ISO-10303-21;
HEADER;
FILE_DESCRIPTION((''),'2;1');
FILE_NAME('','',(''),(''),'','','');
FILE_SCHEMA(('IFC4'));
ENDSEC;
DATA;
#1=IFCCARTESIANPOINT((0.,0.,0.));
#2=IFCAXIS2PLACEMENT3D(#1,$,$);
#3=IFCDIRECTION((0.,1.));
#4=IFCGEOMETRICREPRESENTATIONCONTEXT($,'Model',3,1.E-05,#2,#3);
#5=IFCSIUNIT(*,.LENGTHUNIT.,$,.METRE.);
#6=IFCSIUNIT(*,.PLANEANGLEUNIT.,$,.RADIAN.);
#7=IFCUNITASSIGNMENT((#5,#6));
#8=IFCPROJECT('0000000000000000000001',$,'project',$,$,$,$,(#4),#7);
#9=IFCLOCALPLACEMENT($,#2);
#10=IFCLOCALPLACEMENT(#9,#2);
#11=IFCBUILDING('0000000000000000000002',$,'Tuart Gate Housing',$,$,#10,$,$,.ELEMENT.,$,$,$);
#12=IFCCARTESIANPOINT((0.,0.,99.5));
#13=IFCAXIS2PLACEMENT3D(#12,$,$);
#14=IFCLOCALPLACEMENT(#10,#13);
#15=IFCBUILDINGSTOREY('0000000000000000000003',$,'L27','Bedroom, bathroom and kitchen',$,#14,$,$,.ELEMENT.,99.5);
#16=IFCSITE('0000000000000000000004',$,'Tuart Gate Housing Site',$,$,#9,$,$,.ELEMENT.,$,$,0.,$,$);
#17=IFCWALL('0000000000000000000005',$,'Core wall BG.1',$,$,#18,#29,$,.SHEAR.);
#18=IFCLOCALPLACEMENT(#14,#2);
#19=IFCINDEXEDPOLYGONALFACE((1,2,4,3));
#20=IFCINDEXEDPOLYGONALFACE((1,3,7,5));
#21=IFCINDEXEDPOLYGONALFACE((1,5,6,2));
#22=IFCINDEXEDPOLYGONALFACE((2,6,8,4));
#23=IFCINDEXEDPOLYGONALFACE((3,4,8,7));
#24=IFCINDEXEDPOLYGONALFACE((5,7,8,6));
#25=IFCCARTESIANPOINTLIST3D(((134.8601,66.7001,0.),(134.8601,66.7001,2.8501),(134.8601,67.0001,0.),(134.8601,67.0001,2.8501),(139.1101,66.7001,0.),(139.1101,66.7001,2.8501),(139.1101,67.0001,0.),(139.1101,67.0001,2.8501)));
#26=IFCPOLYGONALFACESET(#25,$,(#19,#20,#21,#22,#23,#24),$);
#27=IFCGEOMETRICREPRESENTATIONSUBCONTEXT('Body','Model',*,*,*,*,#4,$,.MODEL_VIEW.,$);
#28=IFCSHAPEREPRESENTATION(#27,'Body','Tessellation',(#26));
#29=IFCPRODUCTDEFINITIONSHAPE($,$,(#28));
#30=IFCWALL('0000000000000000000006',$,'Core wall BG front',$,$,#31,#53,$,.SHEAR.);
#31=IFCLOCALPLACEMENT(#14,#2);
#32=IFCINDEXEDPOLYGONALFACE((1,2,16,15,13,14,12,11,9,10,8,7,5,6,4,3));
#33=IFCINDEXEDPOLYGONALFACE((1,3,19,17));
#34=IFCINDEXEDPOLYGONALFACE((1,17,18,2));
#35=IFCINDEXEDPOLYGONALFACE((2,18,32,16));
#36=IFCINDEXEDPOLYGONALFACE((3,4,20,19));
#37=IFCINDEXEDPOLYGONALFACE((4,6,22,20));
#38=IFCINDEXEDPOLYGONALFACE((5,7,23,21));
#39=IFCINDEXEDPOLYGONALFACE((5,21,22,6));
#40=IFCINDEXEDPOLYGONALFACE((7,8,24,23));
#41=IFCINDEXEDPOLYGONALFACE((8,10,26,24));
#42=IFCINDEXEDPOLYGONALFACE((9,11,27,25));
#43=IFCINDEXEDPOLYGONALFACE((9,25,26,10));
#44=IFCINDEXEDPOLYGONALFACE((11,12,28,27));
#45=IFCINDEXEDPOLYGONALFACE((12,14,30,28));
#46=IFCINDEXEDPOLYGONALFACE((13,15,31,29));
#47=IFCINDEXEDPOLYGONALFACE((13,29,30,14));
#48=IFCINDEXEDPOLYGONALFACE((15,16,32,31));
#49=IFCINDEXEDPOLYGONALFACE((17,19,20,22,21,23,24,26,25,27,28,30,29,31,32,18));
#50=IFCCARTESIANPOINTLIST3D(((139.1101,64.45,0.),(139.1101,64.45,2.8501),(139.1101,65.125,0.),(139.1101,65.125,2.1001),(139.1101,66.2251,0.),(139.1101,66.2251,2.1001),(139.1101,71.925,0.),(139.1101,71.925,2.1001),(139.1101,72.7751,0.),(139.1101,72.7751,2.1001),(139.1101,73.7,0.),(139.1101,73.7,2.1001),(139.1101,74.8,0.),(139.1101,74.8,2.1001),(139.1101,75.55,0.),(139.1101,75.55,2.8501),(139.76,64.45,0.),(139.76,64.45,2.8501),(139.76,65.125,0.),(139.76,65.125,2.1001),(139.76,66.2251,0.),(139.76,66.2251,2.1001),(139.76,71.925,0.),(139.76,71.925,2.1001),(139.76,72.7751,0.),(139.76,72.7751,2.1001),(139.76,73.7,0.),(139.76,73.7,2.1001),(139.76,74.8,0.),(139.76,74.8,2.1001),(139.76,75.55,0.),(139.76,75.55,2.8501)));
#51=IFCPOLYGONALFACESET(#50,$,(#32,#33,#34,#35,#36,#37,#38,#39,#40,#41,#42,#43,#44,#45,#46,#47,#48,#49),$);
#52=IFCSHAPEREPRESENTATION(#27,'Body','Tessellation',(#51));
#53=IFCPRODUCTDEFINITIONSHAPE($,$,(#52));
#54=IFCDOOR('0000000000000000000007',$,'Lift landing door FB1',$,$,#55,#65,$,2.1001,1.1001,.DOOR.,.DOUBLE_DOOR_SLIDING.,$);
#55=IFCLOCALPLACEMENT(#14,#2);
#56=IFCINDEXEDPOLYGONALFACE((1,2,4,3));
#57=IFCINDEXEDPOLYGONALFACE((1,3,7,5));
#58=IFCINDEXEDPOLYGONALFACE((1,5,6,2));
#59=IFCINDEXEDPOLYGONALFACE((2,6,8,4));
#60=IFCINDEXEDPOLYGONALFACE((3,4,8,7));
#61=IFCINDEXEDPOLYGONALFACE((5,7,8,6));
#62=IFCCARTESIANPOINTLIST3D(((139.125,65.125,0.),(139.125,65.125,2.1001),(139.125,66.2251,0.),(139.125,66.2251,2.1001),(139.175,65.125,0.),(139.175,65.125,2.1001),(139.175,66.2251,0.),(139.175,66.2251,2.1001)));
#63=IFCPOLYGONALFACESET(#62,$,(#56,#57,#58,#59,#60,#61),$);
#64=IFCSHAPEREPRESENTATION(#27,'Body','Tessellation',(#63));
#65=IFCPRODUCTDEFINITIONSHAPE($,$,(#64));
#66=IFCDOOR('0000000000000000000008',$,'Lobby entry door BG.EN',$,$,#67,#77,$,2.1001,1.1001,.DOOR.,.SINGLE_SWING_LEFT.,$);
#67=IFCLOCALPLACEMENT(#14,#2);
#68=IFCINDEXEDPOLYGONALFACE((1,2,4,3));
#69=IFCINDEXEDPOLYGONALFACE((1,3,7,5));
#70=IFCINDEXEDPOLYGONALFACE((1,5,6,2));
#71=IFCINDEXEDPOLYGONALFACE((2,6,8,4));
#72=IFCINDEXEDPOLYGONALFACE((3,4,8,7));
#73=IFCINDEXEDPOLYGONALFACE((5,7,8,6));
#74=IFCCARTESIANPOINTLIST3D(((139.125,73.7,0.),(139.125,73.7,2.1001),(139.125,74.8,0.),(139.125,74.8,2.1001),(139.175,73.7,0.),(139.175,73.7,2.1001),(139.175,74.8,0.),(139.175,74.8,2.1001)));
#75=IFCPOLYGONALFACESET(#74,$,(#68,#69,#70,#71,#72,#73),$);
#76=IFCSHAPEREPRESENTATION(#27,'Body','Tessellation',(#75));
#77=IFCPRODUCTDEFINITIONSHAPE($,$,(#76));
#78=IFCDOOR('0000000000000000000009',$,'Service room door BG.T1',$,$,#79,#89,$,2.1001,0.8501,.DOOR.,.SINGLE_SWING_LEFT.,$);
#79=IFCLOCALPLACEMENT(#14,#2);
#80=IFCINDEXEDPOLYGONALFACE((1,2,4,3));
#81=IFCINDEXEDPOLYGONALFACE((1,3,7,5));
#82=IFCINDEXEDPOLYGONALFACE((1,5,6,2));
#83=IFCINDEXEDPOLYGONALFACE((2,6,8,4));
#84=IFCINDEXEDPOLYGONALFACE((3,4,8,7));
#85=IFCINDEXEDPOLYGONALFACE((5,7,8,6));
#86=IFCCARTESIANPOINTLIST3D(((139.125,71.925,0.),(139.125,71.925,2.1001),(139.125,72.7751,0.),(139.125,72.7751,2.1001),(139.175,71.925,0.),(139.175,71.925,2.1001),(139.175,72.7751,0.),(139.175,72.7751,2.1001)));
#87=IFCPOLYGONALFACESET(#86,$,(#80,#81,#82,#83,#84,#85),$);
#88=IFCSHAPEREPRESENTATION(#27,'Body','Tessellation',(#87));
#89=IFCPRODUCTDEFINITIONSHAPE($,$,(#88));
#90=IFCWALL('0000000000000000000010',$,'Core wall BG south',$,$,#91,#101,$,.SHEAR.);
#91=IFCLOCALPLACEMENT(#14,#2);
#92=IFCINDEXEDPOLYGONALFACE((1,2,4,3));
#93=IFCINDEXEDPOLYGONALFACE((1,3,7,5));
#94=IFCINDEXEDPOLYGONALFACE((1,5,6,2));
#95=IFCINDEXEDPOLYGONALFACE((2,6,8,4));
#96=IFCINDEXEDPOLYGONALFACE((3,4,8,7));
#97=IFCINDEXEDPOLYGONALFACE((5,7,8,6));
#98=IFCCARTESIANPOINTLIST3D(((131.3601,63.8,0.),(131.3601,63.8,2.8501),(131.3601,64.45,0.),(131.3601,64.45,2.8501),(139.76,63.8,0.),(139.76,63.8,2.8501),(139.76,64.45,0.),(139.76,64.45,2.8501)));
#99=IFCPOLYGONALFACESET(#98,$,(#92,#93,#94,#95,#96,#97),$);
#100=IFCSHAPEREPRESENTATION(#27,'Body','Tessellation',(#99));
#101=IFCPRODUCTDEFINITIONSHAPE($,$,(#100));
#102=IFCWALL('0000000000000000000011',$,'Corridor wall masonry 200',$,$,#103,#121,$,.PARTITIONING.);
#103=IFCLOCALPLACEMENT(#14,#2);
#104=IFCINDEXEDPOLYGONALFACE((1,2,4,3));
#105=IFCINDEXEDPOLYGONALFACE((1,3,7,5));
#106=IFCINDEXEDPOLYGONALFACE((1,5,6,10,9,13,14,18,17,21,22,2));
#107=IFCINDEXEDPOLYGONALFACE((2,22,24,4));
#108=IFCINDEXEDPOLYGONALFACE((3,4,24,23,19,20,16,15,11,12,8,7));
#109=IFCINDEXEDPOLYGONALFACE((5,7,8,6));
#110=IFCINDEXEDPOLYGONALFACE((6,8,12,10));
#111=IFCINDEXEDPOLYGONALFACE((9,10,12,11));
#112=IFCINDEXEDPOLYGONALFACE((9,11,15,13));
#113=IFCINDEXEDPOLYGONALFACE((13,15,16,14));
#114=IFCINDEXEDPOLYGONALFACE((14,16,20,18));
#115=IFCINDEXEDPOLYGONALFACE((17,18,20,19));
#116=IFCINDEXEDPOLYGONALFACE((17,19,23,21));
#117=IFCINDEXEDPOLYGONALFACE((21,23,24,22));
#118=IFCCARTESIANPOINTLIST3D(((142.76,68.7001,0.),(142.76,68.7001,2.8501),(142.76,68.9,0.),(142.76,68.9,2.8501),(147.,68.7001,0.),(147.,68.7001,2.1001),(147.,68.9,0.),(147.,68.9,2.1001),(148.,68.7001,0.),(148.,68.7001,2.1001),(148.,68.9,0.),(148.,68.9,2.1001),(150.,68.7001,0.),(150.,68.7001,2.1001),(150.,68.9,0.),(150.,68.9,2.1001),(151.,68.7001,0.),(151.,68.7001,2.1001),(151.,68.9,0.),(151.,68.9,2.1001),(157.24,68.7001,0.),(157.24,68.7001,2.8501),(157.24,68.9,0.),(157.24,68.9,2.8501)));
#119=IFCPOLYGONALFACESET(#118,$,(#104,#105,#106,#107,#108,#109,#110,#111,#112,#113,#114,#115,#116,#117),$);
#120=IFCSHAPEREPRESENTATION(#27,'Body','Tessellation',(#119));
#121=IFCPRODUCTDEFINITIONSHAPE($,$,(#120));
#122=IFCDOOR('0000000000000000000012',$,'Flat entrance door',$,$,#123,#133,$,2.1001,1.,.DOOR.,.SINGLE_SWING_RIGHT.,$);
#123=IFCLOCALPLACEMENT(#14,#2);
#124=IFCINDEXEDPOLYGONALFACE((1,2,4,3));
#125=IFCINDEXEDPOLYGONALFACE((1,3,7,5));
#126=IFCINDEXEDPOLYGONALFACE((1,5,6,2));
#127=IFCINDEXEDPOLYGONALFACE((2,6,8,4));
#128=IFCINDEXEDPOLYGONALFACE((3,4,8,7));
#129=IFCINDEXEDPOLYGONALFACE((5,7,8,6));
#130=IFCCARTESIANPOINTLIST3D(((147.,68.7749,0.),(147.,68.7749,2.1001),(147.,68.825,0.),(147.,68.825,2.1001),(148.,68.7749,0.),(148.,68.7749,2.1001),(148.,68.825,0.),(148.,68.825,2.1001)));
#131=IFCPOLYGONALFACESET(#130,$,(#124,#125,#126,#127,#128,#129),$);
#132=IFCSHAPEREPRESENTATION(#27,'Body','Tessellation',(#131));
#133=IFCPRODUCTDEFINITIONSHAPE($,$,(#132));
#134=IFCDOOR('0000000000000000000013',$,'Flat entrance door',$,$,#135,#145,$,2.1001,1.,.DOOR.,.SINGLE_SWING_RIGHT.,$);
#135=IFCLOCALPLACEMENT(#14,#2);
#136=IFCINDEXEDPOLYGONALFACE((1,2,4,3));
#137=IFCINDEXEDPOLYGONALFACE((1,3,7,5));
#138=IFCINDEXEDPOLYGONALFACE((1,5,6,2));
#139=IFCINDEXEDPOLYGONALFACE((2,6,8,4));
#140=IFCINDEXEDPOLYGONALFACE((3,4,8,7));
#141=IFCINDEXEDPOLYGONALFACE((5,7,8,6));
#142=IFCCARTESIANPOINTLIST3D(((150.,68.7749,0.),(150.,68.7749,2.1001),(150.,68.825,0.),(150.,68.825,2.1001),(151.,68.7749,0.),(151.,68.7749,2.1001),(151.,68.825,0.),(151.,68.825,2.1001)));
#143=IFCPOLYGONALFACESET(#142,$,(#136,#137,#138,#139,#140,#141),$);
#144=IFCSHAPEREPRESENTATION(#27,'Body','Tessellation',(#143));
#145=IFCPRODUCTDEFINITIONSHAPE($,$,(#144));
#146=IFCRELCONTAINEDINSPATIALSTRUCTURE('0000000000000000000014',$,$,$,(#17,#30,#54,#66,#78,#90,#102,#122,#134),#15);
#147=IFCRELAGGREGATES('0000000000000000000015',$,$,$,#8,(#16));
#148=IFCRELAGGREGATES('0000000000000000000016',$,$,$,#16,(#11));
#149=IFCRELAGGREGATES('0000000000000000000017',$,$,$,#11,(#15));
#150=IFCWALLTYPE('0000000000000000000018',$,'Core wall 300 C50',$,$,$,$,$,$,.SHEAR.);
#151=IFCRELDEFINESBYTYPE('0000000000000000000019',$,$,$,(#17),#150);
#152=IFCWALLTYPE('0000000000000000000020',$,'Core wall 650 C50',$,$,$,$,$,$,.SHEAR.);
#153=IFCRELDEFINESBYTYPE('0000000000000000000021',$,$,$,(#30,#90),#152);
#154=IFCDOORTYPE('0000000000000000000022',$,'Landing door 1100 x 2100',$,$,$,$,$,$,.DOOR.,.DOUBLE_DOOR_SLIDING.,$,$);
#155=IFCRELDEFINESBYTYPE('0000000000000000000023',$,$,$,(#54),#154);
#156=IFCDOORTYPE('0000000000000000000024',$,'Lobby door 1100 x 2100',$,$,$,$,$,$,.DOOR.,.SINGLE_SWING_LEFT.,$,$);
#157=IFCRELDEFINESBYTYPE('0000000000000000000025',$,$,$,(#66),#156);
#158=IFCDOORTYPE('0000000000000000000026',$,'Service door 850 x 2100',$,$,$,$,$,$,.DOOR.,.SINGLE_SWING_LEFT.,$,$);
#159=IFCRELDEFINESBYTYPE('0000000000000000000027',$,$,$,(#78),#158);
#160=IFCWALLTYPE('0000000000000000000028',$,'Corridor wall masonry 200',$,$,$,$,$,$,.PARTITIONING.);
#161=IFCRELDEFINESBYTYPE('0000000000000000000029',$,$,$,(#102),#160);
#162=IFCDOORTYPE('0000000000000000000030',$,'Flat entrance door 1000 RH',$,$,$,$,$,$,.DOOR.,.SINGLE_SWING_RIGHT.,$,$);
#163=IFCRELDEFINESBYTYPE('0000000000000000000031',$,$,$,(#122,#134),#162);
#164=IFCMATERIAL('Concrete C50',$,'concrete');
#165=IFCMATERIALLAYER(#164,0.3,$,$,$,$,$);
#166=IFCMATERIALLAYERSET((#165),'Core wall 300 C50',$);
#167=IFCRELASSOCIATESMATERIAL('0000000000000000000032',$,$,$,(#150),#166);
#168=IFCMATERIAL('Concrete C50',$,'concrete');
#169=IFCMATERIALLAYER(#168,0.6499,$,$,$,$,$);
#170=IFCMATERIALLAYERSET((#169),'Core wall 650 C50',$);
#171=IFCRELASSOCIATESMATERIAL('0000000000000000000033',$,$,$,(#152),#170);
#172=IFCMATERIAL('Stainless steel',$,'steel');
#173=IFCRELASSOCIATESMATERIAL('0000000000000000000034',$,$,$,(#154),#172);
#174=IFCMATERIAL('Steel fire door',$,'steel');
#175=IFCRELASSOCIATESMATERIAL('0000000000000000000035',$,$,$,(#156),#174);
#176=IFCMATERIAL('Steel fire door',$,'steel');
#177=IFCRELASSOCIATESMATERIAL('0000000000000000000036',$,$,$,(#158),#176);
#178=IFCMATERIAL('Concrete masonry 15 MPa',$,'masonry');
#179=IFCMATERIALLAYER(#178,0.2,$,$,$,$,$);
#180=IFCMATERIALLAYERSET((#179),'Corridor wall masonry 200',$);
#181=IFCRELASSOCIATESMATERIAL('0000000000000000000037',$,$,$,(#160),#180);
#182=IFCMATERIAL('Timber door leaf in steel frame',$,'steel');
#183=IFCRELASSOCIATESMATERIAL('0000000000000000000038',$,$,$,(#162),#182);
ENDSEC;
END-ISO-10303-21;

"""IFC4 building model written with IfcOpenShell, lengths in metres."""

from ifc_helpers import new_model, si_unit, direction, frame, frame_2d, origin, place, context, subcontext, project, spatial, rectangle, extrude, material, layer, layer_set, type_object, element, fill, save


model = new_model("IFC4")

# Units and contexts
model_context = context("Model", 3, precision=1e-05, world=origin(), true_north=direction((0.0, 1.0)))
body_context = subcontext(model_context, "Body", "Model", "MODEL_VIEW")
ifc_project = project(units=[si_unit("LENGTHUNIT", "METRE"), si_unit("PLANEANGLEUNIT", "RADIAN")], contexts=[model_context])

# Site, building, storey
site_placement = place(None, origin())
site = spatial("IfcSite", under=ifc_project, at=site_placement, Name="Tuart Gate Housing Site", CompositionType="ELEMENT", RefElevation=0.0)
building_placement = place(site_placement, origin())
building = spatial("IfcBuilding", under=site, at=building_placement, Name="Tuart Gate Housing", CompositionType="ELEMENT")
storey_placement = place(building_placement, frame((0.0, 0.0, 99.5)))
storey = spatial("IfcBuildingStorey", under=building, at=storey_placement, Name="L27", Description="Bedroom, bathroom and kitchen", CompositionType="ELEMENT", Elevation=99.5)

# Wall
ifc_material_1 = material(Name="Concrete C50", Category="concrete")
ifc_layer_1 = layer(ifc_material_1, 0.3)
ifc_layer_set_1 = layer_set([ifc_layer_1], Name="Core wall 300 C50")
wall_type_1 = type_object("IfcWallType", Name="Core wall 300 C50", PredefinedType="SHEAR", material=ifc_layer_set_1)
wall_1_placement = place(storey_placement, frame((139.1101, 66.8501, 0.0), z_axis=(0.0, 0.0, 1.0), x_axis=(-1.0, 0.0, 0.0)))
element("IfcWall", 1, at=wall_1_placement, inside=storey, type_object=wall_type_1, Name="Core wall BG.1", PredefinedType="SHEAR", context=body_context, shape_type="SweptSolid", body=[
    extrude(rectangle(XDim=4.25, YDim=0.3, at=frame_2d((2.125, 0.0))), origin(), (0.0, 0.0, 1.0), 2.8501),
])

# Wall, openings, doors
ifc_material_2 = material(Name="Concrete C50", Category="concrete")
ifc_layer_2 = layer(ifc_material_2, 0.6499)
ifc_layer_set_2 = layer_set([ifc_layer_2], Name="Core wall 650 C50")
wall_type_2 = type_object("IfcWallType", Name="Core wall 650 C50", PredefinedType="SHEAR", material=ifc_layer_set_2)
wall_2_placement = place(storey_placement, frame((139.4351, 64.45, 0.0), z_axis=(0.0, 0.0, 1.0), x_axis=(0.0, 1.0, 0.0)))
wall_2 = element("IfcWall", 2, at=wall_2_placement, inside=storey, type_object=wall_type_2, Name="Core wall BG front", PredefinedType="SHEAR", context=body_context, shape_type="SweptSolid", body=[
    extrude(rectangle(XDim=11.1001, YDim=0.6499, at=frame_2d((5.55, 0.0))), origin(), (0.0, 0.0, 1.0), 2.8501),
])
opening_1_placement = place(wall_2_placement, frame((0.675, 0.0, 0.0)))
opening_1 = element("IfcOpeningElement", 3, at=opening_1_placement, cuts=wall_2, PredefinedType="OPENING", context=body_context, shape_type="SweptSolid", body=[
    extrude(rectangle(XDim=1.1001, YDim=2.1001, at=frame_2d((0.55, 1.05))), frame((0.0, 0.335, 0.0), z_axis=(0.0, -1.0, 0.0), x_axis=(1.0, 0.0, 0.0)), (0.0, 0.0, 1.0), 0.6699),
])
opening_2_placement = place(wall_2_placement, frame((9.25, 0.0, 0.0)))
opening_2 = element("IfcOpeningElement", 4, at=opening_2_placement, cuts=wall_2, PredefinedType="OPENING", context=body_context, shape_type="SweptSolid", body=[
    extrude(rectangle(XDim=1.1001, YDim=2.1001, at=frame_2d((0.55, 1.05))), frame((0.0, 0.335, 0.0), z_axis=(0.0, -1.0, 0.0), x_axis=(1.0, 0.0, 0.0)), (0.0, 0.0, 1.0), 0.6699),
])
opening_3_placement = place(wall_2_placement, frame((7.4751, 0.0, 0.0)))
opening_3 = element("IfcOpeningElement", 5, at=opening_3_placement, cuts=wall_2, PredefinedType="OPENING", context=body_context, shape_type="SweptSolid", body=[
    extrude(rectangle(XDim=0.8501, YDim=2.1001, at=frame_2d((0.425, 1.05))), frame((0.0, 0.335, 0.0), z_axis=(0.0, -1.0, 0.0), x_axis=(1.0, 0.0, 0.0)), (0.0, 0.0, 1.0), 0.6699),
])
ifc_material_3 = material(Name="Stainless steel", Category="steel")
door_type_1 = type_object("IfcDoorType", Name="Landing door 1100 x 2100", OperationType="DOUBLE_DOOR_SLIDING", PredefinedType="DOOR", material=ifc_material_3)
door_1_placement = place(opening_1_placement, origin())
door_1 = element("IfcDoor", 6, at=door_1_placement, inside=storey, type_object=door_type_1, Name="Lift landing door FB1", OperationType="DOUBLE_DOOR_SLIDING", OverallHeight=2.1001, OverallWidth=1.1001, PredefinedType="DOOR", context=body_context, shape_type="SweptSolid", body=[
    extrude(rectangle(XDim=1.1001, YDim=2.1001, at=frame_2d((0.55, 1.05))), frame((0.0, 0.3101, 0.0), z_axis=(0.0, -1.0, 0.0), x_axis=(1.0, 0.0, 0.0)), (0.0, 0.0, 1.0), 0.05),
])
fill(opening_1, door_1)
ifc_material_4 = material(Name="Steel fire door", Category="steel")
door_type_2 = type_object("IfcDoorType", Name="Lobby door 1100 x 2100", OperationType="SINGLE_SWING_LEFT", PredefinedType="DOOR", material=ifc_material_4)
door_2_placement = place(opening_2_placement, origin())
door_2 = element("IfcDoor", 7, at=door_2_placement, inside=storey, type_object=door_type_2, Name="Lobby entry door BG.EN", OperationType="SINGLE_SWING_LEFT", OverallHeight=2.1001, OverallWidth=1.1001, PredefinedType="DOOR", context=body_context, shape_type="SweptSolid", body=[
    extrude(rectangle(XDim=1.1001, YDim=2.1001, at=frame_2d((0.55, 1.05))), frame((0.0, 0.3101, 0.0), z_axis=(0.0, -1.0, 0.0), x_axis=(1.0, 0.0, 0.0)), (0.0, 0.0, 1.0), 0.05),
])
fill(opening_2, door_2)
ifc_material_5 = material(Name="Steel fire door", Category="steel")
door_type_3 = type_object("IfcDoorType", Name="Service door 850 x 2100", OperationType="SINGLE_SWING_LEFT", PredefinedType="DOOR", material=ifc_material_5)
door_3_placement = place(opening_3_placement, origin())
door_3 = element("IfcDoor", 8, at=door_3_placement, inside=storey, type_object=door_type_3, Name="Service room door BG.T1", OperationType="SINGLE_SWING_LEFT", OverallHeight=2.1001, OverallWidth=0.8501, PredefinedType="DOOR", context=body_context, shape_type="SweptSolid", body=[
    extrude(rectangle(XDim=0.8501, YDim=2.1001, at=frame_2d((0.425, 1.05))), frame((0.0, 0.3101, 0.0), z_axis=(0.0, -1.0, 0.0), x_axis=(1.0, 0.0, 0.0)), (0.0, 0.0, 1.0), 0.05),
])
fill(opening_3, door_3)

# Wall
wall_3_placement = place(storey_placement, frame((139.76, 64.125, 0.0), z_axis=(0.0, 0.0, 1.0), x_axis=(-1.0, 0.0, 0.0)))
element("IfcWall", 9, at=wall_3_placement, inside=storey, type_object=wall_type_2, Name="Core wall BG south", PredefinedType="SHEAR", context=body_context, shape_type="SweptSolid", body=[
    extrude(rectangle(XDim=8.3999, YDim=0.6499, at=frame_2d((4.2, 0.0))), origin(), (0.0, 0.0, 1.0), 2.8501),
])

# Wall, openings, doors
ifc_material_6 = material(Name="Concrete masonry 15 MPa", Category="masonry")
ifc_layer_3 = layer(ifc_material_6, 0.2)
ifc_layer_set_3 = layer_set([ifc_layer_3], Name="Corridor wall masonry 200")
wall_type_3 = type_object("IfcWallType", Name="Corridor wall masonry 200", PredefinedType="PARTITIONING", material=ifc_layer_set_3)
wall_4_placement = place(storey_placement, frame((142.76, 68.8, 0.0), z_axis=(0.0, 0.0, 1.0), x_axis=(1.0, 0.0, 0.0)))
wall_4 = element("IfcWall", 10, at=wall_4_placement, inside=storey, type_object=wall_type_3, Name="Corridor wall masonry 200", PredefinedType="PARTITIONING", context=body_context, shape_type="SweptSolid", body=[
    extrude(rectangle(XDim=14.48, YDim=0.2, at=frame_2d((7.24, 0.0))), origin(), (0.0, 0.0, 1.0), 2.8501),
])
opening_4_placement = place(wall_4_placement, frame((4.24, 0.0, 0.0)))
opening_4 = element("IfcOpeningElement", 11, at=opening_4_placement, cuts=wall_4, PredefinedType="OPENING", context=body_context, shape_type="SweptSolid", body=[
    extrude(rectangle(XDim=1.0, YDim=2.1001, at=frame_2d((0.5, 1.05))), frame((0.0, 0.1099, 0.0), z_axis=(0.0, -1.0, 0.0), x_axis=(1.0, 0.0, 0.0)), (0.0, 0.0, 1.0), 0.22),
])
opening_5_placement = place(wall_4_placement, frame((7.24, 0.0, 0.0)))
opening_5 = element("IfcOpeningElement", 12, at=opening_5_placement, cuts=wall_4, PredefinedType="OPENING", context=body_context, shape_type="SweptSolid", body=[
    extrude(rectangle(XDim=1.0, YDim=2.1001, at=frame_2d((0.5, 1.05))), frame((0.0, 0.1099, 0.0), z_axis=(0.0, -1.0, 0.0), x_axis=(1.0, 0.0, 0.0)), (0.0, 0.0, 1.0), 0.22),
])
ifc_material_7 = material(Name="Timber door leaf in steel frame", Category="steel")
door_type_4 = type_object("IfcDoorType", Name="Flat entrance door 1000 RH", OperationType="SINGLE_SWING_RIGHT", PredefinedType="DOOR", material=ifc_material_7)
door_4_placement = place(opening_4_placement, frame((1.0, 0.0, 0.0), z_axis=(0.0, 0.0, 1.0), x_axis=(-1.0, 0.0, 0.0)))
door_4 = element("IfcDoor", 13, at=door_4_placement, inside=storey, type_object=door_type_4, Name="Flat entrance door", OperationType="SINGLE_SWING_RIGHT", OverallHeight=2.1001, OverallWidth=1.0, PredefinedType="DOOR", context=body_context, shape_type="SweptSolid", body=[
    extrude(rectangle(XDim=1.0, YDim=2.1001, at=frame_2d((0.5, 1.05))), frame((0.0, 0.0251, 0.0), z_axis=(0.0, -1.0, 0.0), x_axis=(1.0, 0.0, 0.0)), (0.0, 0.0, 1.0), 0.05),
])
fill(opening_4, door_4)
door_5_placement = place(opening_5_placement, frame((1.0, 0.0, 0.0), z_axis=(0.0, 0.0, 1.0), x_axis=(-1.0, 0.0, 0.0)))
door_5 = element("IfcDoor", 14, at=door_5_placement, inside=storey, type_object=door_type_4, Name="Flat entrance door", OperationType="SINGLE_SWING_RIGHT", OverallHeight=2.1001, OverallWidth=1.0, PredefinedType="DOOR", context=body_context, shape_type="SweptSolid", body=[
    extrude(rectangle(XDim=1.0, YDim=2.1001, at=frame_2d((0.5, 1.05))), frame((0.0, 0.0251, 0.0), z_axis=(0.0, -1.0, 0.0), x_axis=(1.0, 0.0, 0.0)), (0.0, 0.0, 1.0), 0.05),
])
fill(opening_5, door_5)

save(model, "model.ifc")
